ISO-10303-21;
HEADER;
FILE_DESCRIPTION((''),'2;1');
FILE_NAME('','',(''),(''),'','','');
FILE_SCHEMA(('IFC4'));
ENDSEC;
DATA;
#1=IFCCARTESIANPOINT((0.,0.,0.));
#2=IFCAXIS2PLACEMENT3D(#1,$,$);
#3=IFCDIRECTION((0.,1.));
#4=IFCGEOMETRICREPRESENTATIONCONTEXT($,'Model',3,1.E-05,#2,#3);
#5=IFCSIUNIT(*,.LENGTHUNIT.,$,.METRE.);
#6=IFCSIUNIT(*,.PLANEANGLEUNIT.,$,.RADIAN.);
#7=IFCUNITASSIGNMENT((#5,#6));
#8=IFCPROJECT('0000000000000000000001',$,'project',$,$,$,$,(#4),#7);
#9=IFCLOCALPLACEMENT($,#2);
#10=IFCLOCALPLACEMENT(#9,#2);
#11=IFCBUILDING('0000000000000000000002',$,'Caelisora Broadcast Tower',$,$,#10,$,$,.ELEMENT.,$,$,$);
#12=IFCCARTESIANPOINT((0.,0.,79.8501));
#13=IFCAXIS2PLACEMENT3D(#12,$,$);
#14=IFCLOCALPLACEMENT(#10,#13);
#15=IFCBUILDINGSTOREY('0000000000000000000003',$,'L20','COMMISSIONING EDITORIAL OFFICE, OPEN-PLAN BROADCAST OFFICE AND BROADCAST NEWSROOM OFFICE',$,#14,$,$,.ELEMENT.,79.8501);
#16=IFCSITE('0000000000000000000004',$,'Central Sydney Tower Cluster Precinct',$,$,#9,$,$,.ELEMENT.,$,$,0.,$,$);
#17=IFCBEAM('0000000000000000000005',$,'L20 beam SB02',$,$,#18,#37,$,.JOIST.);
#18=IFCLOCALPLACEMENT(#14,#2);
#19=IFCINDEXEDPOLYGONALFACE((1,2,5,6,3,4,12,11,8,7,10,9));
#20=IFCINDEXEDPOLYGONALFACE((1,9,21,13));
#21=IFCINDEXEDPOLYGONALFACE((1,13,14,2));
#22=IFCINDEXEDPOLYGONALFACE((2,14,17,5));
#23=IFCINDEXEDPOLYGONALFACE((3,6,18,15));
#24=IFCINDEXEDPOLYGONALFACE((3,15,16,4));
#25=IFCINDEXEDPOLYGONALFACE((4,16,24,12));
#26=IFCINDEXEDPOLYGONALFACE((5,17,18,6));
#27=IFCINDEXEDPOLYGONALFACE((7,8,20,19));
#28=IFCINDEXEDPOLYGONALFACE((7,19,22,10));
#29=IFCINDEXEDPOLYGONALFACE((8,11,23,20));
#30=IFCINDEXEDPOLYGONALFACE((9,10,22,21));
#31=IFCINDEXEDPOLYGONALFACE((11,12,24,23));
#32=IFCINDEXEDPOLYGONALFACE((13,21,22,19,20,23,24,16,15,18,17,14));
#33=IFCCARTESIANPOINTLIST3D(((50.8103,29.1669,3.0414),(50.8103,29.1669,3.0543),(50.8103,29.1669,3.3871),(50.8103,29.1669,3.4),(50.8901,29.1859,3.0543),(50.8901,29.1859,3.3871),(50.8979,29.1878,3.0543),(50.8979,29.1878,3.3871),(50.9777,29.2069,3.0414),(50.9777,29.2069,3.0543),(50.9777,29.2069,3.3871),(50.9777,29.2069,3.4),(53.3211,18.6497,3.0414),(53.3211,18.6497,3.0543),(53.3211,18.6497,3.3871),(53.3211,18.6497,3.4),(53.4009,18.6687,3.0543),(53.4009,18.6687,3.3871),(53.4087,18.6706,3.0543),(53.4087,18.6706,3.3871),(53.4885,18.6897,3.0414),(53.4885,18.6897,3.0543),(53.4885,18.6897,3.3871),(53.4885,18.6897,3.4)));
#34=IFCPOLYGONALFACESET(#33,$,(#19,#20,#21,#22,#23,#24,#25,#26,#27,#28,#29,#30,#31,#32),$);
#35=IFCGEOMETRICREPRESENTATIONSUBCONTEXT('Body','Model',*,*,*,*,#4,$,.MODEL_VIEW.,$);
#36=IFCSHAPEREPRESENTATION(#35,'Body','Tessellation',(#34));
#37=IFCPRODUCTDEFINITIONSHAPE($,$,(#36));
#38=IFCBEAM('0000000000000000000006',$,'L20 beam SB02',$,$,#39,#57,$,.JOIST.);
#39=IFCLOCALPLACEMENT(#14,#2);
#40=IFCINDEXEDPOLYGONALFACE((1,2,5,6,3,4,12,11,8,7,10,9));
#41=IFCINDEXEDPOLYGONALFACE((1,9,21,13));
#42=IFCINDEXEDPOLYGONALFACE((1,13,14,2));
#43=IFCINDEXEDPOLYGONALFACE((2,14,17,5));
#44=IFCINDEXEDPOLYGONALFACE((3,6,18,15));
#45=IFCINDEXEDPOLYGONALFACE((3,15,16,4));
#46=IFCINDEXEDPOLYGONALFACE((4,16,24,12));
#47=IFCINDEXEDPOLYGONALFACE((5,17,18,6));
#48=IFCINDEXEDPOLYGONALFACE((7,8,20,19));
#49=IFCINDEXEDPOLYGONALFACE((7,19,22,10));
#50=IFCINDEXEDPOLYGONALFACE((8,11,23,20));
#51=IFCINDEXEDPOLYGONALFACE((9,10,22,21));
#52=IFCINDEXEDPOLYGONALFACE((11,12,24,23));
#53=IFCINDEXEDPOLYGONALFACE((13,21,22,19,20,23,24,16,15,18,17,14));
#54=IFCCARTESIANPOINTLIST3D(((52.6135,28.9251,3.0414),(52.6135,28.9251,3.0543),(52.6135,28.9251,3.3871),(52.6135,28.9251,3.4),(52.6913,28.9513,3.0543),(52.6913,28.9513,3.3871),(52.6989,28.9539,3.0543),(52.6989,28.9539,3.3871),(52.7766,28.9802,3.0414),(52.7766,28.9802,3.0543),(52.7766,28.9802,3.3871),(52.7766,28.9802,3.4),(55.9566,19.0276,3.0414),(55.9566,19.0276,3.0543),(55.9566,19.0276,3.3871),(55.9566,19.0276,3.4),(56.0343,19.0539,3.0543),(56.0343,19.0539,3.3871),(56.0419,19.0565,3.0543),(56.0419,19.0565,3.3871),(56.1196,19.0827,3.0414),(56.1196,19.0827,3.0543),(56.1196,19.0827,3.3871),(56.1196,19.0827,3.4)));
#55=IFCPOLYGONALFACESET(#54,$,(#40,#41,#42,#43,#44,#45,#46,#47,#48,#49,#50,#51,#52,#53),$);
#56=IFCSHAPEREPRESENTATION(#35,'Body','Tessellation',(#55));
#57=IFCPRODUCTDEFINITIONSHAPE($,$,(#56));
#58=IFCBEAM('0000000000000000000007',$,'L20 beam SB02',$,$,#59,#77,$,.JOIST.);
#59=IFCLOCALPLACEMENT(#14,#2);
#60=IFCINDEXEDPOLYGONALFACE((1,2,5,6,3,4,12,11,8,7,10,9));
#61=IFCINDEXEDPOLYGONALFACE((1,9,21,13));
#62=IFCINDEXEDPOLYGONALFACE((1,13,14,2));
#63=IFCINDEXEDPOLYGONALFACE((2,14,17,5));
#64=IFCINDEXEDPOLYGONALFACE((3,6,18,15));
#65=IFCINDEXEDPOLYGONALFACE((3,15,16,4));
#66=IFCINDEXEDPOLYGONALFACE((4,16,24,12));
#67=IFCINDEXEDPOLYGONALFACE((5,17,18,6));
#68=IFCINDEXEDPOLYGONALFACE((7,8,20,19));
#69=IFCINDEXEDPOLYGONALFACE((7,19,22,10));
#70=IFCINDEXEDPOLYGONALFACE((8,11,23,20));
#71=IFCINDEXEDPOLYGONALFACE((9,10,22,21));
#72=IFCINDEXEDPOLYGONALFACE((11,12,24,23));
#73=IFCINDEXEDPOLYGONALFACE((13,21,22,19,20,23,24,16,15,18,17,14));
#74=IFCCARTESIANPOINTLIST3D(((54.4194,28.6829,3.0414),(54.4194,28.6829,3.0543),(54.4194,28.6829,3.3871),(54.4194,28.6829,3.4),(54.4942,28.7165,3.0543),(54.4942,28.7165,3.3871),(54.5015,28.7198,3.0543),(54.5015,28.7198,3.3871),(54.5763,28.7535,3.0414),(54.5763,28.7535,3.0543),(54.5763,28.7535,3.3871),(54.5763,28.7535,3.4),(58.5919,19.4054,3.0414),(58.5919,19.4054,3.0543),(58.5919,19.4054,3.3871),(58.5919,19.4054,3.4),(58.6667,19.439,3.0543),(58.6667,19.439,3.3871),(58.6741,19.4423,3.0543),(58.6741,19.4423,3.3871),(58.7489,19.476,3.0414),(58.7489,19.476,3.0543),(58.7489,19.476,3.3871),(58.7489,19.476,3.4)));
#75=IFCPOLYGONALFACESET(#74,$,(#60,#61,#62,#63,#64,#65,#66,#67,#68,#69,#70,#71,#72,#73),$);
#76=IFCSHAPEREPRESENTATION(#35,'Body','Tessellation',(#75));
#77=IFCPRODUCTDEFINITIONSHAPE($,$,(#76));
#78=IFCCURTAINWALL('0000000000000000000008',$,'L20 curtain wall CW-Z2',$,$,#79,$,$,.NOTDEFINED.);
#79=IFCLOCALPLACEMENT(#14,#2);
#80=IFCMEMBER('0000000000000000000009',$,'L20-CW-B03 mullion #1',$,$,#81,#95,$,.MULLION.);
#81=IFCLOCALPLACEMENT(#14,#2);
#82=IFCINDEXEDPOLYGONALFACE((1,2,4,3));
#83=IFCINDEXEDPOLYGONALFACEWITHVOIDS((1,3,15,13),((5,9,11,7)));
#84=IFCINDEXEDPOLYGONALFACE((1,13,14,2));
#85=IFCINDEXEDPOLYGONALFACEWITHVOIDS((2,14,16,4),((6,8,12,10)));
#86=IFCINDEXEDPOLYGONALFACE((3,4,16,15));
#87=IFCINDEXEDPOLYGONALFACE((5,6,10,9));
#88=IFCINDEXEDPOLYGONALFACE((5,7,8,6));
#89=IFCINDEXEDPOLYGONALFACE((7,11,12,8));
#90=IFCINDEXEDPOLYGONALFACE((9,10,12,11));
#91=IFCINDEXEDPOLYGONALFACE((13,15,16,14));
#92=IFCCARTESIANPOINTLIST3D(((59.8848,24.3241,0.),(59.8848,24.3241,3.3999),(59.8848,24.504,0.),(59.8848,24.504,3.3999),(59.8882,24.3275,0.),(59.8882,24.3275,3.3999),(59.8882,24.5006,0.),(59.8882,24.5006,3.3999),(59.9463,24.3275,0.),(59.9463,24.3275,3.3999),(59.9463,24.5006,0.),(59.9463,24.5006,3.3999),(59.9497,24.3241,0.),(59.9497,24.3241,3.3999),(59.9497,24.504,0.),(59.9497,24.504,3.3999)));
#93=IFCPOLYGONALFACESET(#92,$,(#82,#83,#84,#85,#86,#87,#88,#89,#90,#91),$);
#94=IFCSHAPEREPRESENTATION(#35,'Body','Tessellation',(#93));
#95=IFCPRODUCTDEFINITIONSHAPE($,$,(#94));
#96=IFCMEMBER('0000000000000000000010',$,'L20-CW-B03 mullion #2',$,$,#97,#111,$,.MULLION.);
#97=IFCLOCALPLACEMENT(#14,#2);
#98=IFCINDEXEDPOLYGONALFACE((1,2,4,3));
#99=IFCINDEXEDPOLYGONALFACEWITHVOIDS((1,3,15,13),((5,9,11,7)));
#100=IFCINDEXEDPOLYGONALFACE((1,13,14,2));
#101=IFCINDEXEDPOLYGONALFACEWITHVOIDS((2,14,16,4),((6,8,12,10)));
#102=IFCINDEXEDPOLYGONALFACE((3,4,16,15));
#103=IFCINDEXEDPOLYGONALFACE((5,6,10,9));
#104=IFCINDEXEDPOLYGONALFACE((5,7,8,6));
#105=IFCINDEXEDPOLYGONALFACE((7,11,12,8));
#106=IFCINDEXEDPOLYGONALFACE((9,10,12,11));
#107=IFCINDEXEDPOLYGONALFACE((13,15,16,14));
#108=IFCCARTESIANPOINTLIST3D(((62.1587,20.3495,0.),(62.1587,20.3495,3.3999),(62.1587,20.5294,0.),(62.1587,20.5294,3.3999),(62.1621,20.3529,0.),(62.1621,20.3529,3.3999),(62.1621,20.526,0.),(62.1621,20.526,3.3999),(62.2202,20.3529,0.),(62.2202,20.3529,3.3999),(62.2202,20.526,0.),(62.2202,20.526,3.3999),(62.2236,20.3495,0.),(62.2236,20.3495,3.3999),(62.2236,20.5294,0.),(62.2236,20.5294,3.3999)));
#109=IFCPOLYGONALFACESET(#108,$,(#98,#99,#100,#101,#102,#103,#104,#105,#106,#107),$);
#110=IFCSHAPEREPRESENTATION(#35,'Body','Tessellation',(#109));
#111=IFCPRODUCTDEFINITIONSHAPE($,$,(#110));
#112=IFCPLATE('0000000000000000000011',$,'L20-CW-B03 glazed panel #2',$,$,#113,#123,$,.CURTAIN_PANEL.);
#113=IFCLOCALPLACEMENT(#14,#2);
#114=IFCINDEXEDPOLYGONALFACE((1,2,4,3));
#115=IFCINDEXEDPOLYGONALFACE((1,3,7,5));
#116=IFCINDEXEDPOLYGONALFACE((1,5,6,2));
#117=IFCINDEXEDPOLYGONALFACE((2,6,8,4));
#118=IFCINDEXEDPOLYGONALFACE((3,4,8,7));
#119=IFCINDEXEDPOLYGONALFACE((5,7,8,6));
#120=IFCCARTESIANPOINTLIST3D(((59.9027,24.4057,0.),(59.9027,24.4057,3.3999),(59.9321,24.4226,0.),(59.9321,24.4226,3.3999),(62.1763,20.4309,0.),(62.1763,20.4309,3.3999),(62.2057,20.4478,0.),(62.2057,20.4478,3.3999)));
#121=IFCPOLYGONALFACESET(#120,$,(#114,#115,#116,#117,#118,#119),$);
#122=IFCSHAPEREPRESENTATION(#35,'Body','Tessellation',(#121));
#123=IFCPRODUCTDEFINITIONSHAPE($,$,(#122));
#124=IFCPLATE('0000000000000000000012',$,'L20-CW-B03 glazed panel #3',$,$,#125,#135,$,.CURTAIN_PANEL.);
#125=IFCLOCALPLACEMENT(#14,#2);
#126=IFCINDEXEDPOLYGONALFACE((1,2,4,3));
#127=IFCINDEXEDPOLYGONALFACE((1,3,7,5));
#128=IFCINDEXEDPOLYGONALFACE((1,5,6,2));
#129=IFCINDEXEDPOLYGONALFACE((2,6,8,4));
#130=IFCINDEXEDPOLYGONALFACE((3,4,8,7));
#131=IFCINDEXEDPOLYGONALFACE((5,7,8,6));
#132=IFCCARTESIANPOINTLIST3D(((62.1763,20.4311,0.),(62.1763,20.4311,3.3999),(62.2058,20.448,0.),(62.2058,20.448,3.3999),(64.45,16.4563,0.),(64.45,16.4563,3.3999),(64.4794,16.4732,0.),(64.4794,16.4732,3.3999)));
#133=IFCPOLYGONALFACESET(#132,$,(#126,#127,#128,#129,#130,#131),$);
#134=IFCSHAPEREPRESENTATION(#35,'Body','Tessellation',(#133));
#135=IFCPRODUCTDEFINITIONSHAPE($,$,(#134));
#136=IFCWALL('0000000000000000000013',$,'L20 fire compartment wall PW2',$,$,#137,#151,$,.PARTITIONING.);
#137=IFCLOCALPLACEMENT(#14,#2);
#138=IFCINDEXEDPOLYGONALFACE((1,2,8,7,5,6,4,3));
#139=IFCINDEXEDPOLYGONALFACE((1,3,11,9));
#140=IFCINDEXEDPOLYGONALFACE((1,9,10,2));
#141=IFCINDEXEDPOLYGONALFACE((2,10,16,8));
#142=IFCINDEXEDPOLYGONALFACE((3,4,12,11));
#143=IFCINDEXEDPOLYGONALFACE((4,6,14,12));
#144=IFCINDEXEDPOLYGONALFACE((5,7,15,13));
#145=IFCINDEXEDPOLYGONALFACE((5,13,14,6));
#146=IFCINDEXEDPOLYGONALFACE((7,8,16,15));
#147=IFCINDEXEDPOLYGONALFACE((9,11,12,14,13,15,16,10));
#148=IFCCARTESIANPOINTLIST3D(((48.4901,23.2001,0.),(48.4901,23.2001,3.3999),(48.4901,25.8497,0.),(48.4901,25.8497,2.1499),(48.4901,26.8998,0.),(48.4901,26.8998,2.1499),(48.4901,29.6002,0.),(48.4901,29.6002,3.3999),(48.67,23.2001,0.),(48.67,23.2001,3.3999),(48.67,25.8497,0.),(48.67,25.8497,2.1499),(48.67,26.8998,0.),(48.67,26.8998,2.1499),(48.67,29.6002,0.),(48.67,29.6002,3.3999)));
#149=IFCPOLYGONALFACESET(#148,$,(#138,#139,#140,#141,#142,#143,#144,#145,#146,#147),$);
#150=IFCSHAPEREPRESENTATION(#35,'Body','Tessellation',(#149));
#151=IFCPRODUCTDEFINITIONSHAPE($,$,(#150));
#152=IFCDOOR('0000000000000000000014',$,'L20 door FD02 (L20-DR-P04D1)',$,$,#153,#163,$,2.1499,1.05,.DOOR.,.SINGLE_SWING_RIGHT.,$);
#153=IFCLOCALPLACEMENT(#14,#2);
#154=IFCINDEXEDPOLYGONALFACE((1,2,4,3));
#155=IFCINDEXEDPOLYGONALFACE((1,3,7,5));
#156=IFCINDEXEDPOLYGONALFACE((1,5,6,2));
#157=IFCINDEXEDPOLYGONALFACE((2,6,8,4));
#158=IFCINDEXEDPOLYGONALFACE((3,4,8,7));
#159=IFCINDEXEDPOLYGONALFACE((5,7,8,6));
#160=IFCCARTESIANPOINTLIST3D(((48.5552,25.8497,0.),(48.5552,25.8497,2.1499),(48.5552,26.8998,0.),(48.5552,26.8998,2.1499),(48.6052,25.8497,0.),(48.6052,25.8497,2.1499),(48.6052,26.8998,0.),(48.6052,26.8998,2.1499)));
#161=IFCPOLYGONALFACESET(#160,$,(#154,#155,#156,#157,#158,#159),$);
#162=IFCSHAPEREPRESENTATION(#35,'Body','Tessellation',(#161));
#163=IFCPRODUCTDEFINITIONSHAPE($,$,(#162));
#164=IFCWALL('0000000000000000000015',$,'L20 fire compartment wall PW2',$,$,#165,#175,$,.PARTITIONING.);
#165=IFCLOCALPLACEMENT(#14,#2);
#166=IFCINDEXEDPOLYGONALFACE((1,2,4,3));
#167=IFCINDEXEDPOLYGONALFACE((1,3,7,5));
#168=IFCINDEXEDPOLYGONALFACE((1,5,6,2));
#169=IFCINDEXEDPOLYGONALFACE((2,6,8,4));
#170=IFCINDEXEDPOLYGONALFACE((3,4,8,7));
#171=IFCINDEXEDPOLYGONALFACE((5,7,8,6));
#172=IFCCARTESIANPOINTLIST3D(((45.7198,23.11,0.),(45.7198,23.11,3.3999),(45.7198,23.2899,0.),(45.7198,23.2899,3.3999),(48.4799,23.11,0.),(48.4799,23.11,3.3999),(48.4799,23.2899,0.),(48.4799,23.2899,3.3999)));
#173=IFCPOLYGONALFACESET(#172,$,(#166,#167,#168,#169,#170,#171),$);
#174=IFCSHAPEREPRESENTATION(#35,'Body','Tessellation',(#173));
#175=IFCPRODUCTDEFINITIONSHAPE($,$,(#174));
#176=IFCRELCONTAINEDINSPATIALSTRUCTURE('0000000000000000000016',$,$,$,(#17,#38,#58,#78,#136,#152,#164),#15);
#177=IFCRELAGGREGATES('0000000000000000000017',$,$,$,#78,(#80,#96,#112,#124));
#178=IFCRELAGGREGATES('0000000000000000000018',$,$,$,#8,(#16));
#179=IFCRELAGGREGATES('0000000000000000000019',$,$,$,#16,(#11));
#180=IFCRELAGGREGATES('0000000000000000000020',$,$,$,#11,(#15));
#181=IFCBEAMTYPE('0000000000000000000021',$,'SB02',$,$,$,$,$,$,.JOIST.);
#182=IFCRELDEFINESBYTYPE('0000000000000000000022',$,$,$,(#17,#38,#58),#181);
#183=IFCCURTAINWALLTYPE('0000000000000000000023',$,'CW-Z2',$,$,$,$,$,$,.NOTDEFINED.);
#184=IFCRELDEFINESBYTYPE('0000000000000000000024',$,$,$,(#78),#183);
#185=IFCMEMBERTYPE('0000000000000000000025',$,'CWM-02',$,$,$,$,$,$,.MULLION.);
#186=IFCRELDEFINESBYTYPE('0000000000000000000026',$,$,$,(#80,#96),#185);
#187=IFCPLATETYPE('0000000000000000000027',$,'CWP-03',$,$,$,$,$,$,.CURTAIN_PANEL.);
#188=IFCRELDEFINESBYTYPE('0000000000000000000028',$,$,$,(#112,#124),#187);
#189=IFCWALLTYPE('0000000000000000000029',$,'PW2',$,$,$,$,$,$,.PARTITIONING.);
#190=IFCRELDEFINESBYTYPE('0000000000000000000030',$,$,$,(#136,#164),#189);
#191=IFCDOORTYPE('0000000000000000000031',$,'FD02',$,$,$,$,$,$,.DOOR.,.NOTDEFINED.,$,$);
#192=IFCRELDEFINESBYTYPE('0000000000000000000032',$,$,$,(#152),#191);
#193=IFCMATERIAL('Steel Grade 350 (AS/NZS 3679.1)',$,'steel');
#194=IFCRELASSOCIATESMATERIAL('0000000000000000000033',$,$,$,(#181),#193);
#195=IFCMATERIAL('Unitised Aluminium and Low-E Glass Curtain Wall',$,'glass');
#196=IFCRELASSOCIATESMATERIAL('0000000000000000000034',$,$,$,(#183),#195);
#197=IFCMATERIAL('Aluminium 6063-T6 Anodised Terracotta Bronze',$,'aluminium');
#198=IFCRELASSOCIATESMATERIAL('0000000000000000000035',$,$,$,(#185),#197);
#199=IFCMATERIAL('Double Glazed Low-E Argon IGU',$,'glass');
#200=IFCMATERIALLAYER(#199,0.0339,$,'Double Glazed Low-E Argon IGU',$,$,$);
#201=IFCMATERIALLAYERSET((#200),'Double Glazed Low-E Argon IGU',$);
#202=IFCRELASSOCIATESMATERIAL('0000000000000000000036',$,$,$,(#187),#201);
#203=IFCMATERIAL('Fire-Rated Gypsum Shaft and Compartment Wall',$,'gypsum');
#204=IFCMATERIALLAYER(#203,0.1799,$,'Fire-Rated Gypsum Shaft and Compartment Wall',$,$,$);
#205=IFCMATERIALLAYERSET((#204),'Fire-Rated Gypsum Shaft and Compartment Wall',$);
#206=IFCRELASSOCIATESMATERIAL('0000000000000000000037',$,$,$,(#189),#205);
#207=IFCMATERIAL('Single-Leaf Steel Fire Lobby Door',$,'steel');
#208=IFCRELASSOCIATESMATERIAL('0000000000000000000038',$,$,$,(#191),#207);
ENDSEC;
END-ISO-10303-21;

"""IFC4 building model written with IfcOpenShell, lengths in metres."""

from ifc_helpers import new_model, si_unit, direction, frame, frame_2d, origin, origin_2d, place, context, subcontext, project, spatial, rectangle, hollow_rectangle, i_section, extrude, source, transform, mapped, material, layer, layer_set, material_profile, profile_set, type_object, type_shapes, element, fill, aggregate, save


model = new_model("IFC4")

# Units and contexts
model_context = context("Model", 3, precision=1e-05, world=origin(), true_north=direction((0.0, 1.0)))
body_context = subcontext(model_context, "Body", "Model", "MODEL_VIEW")
ifc_project = project(units=[si_unit("LENGTHUNIT", "METRE"), si_unit("PLANEANGLEUNIT", "RADIAN")], contexts=[model_context])

# Site, building, storey
site_placement = place(None, origin())
site = spatial("IfcSite", under=ifc_project, at=site_placement, Name="Central Sydney Tower Cluster Precinct", CompositionType="ELEMENT", RefElevation=0.0)
building_placement = place(site_placement, origin())
building = spatial("IfcBuilding", under=site, at=building_placement, Name="Caelisora Broadcast Tower", CompositionType="ELEMENT")
storey_placement = place(building_placement, frame((0.0, 0.0, 79.8501)))
storey = spatial("IfcBuildingStorey", under=building, at=storey_placement, Name="L20", Description="COMMISSIONING EDITORIAL OFFICE, OPEN-PLAN BROADCAST OFFICE AND BROADCAST NEWSROOM OFFICE", CompositionType="ELEMENT", Elevation=79.8501)

# Beams
ifc_material_1 = material(Name="Steel Grade 350 (AS/NZS 3679.1)", Category="steel")
ifc_material_profile_1 = material_profile(ifc_material_1, i_section(OverallWidth=0.1721, OverallDepth=0.3586, WebThickness=0.0081, FlangeThickness=0.0129, at=origin_2d()), Name="Steel Grade 350 (AS/NZS 3679.1)")
ifc_profile_set_1 = profile_set([ifc_material_profile_1], Name="Steel Grade 350 (AS/NZS 3679.1)")
beam_type_1 = type_object("IfcBeamType", Name="SB02", PredefinedType="JOIST", material=ifc_profile_set_1)
shared_shape_1 = source(origin(), body_context, "Body", "SweptSolid", [
    extrude(i_section(OverallWidth=0.1721, OverallDepth=0.3586, WebThickness=0.0081, FlangeThickness=0.0129, at=origin_2d()), origin(), (0.0, 0.0, 1.0), 10.8127),
])
beam_1_placement = place(storey_placement, frame((53.4048, 18.6697, 3.2207), z_axis=(-0.232205, 0.972667, 0.0), x_axis=(-0.972667, -0.232205, 0.0)))
element("IfcBeam", 1, at=beam_1_placement, inside=storey, type_object=beam_type_1, Name="L20 beam SB02", PredefinedType="JOIST", context=body_context, shape_type="MappedRepresentation", body=[
    mapped(shared_shape_1, transform((0.0, 0.0, 0.0), scale=1.0)),
])
shared_shape_2 = source(origin(), body_context, "Body", "SweptSolid", [
    extrude(i_section(OverallWidth=0.1721, OverallDepth=0.3586, WebThickness=0.0081, FlangeThickness=0.0129, at=origin_2d()), origin(), (0.0, 0.0, 1.0), 10.4468),
])
beam_2_placement = place(storey_placement, frame((56.0381, 19.0552, 3.2207), z_axis=(-0.320004, 0.947416, 0.0), x_axis=(-0.947416, -0.320004, 0.0)))
element("IfcBeam", 2, at=beam_2_placement, inside=storey, type_object=beam_type_1, Name="L20 beam SB02", PredefinedType="JOIST", context=body_context, shape_type="MappedRepresentation", body=[
    mapped(shared_shape_2, transform((0.0, 0.0, 0.0), scale=1.0)),
])
shared_shape_3 = source(origin(), body_context, "Body", "SweptSolid", [
    extrude(i_section(OverallWidth=0.1721, OverallDepth=0.3586, WebThickness=0.0081, FlangeThickness=0.0129, at=origin_2d()), origin(), (0.0, 0.0, 1.0), 10.1726),
])
beam_3_placement = place(storey_placement, frame((58.6704, 19.4407, 3.2207), z_axis=(-0.410176, 0.912006, 0.0), x_axis=(-0.912006, -0.410176, 0.0)))
element("IfcBeam", 3, at=beam_3_placement, inside=storey, type_object=beam_type_1, Name="L20 beam SB02", PredefinedType="JOIST", context=body_context, shape_type="MappedRepresentation", body=[
    mapped(shared_shape_3, transform((0.0, 0.0, 0.0), scale=1.0)),
])

# Curtain wall, members, plates
ifc_material_2 = material(Name="Unitised Aluminium and Low-E Glass Curtain Wall", Category="glass")
curtain_wall_type = type_object("IfcCurtainWallType", Name="CW-Z2", PredefinedType="NOTDEFINED", material=ifc_material_2)
curtain_wall_placement = place(storey_placement, origin())
curtain_wall = element("IfcCurtainWall", 4, at=curtain_wall_placement, inside=storey, type_object=curtain_wall_type, Name="L20 curtain wall CW-Z2", PredefinedType="NOTDEFINED")
ifc_material_3 = material(Name="Aluminium 6063-T6 Anodised Terracotta Bronze", Category="aluminium")
ifc_material_profile_2 = material_profile(ifc_material_3, hollow_rectangle(XDim=0.0649, YDim=0.1799, WallThickness=0.0034, at=origin_2d()), Name="Aluminium 6063-T6 Anodised Terracotta Bronze")
ifc_profile_set_2 = profile_set([ifc_material_profile_2], Name="Aluminium 6063-T6 Anodised Terracotta Bronze")
member_type = type_object("IfcMemberType", Name="CWM-02", PredefinedType="MULLION", material=ifc_profile_set_2)
shared_shape_4 = source(origin(), body_context, "Body", "SweptSolid", [
    extrude(hollow_rectangle(XDim=0.0649, YDim=0.1799, WallThickness=0.0034, at=origin_2d()), origin(), (0.0, 0.0, 1.0), 3.3999),
])
type_shapes(member_type, [shared_shape_4])
member_1_placement = place(storey_placement, frame((59.9172, 24.4141, 0.0), z_axis=(0.0, 0.0, 1.0), x_axis=(1.0, 0.0, 0.0)))
member_1 = element("IfcMember", 5, at=member_1_placement, type_object=member_type, Name="L20-CW-B03 mullion #1", PredefinedType="MULLION", context=body_context, shape_type="MappedRepresentation", body=[
    mapped(shared_shape_4, transform((0.0, 0.0, 0.0), scale=1.0)),
])
member_2_placement = place(storey_placement, frame((62.1912, 20.4395, 0.0), z_axis=(0.0, 0.0, 1.0), x_axis=(1.0, 0.0, 0.0)))
member_2 = element("IfcMember", 6, at=member_2_placement, type_object=member_type, Name="L20-CW-B03 mullion #2", PredefinedType="MULLION", context=body_context, shape_type="MappedRepresentation", body=[
    mapped(shared_shape_4, transform((0.0, 0.0, 0.0), scale=1.0)),
])
ifc_material_4 = material(Name="Double Glazed Low-E Argon IGU", Category="glass")
ifc_layer_1 = layer(ifc_material_4, 0.0339, Name="Double Glazed Low-E Argon IGU")
ifc_layer_set_1 = layer_set([ifc_layer_1], Name="Double Glazed Low-E Argon IGU")
plate_type = type_object("IfcPlateType", Name="CWP-03", PredefinedType="CURTAIN_PANEL", material=ifc_layer_set_1)
shared_shape_5 = source(origin(), body_context, "Body", "SweptSolid", [
    extrude(rectangle(XDim=4.5791, YDim=0.0339, at=origin_2d()), origin(), (0.0, 0.0, 1.0), 3.3999),
])
type_shapes(plate_type, [shared_shape_5])
plate_1_placement = place(storey_placement, frame((61.0542, 22.4268, 0.0), z_axis=(0.0, 0.0, 1.0), x_axis=(0.49652, -0.868026, 0.0)))
plate_1 = element("IfcPlate", 7, at=plate_1_placement, type_object=plate_type, Name="L20-CW-B03 glazed panel #2", PredefinedType="CURTAIN_PANEL", context=body_context, shape_type="MappedRepresentation", body=[
    mapped(shared_shape_5, transform((0.0, 0.0, 0.0), scale=1.0)),
])
plate_2_placement = place(storey_placement, frame((63.3279, 18.4521, 0.0), z_axis=(0.0, 0.0, 1.0), x_axis=(0.49652, -0.868026, 0.0)))
plate_2 = element("IfcPlate", 8, at=plate_2_placement, type_object=plate_type, Name="L20-CW-B03 glazed panel #3", PredefinedType="CURTAIN_PANEL", context=body_context, shape_type="MappedRepresentation", body=[
    mapped(shared_shape_5, transform((0.0, 0.0, 0.0), scale=1.0)),
])
aggregate(curtain_wall, [member_1, member_2, plate_1, plate_2])

# Wall, opening, door
ifc_material_5 = material(Name="Fire-Rated Gypsum Shaft and Compartment Wall", Category="gypsum")
ifc_layer_2 = layer(ifc_material_5, 0.1799, Name="Fire-Rated Gypsum Shaft and Compartment Wall")
ifc_layer_set_2 = layer_set([ifc_layer_2], Name="Fire-Rated Gypsum Shaft and Compartment Wall")
wall_type_1 = type_object("IfcWallType", Name="PW2", PredefinedType="PARTITIONING", material=ifc_layer_set_2)
wall_1_placement = place(storey_placement, frame((48.5801, 23.2, 0.0), z_axis=(0.0, 0.0, 1.0), x_axis=(0.0, 1.0, 0.0)))
wall_1 = element("IfcWall", 9, at=wall_1_placement, inside=storey, type_object=wall_type_1, Name="L20 fire compartment wall PW2", PredefinedType="PARTITIONING", context=body_context, shape_type="SweptSolid", body=[
    extrude(rectangle(XDim=6.4001, YDim=0.1799, at=frame_2d((3.2002, 0.0))), origin(), (0.0, 0.0, 1.0), 3.3999),
])
opening_1_placement = place(wall_1_placement, frame((2.6499, 0.0, 0.0)))
opening_1 = element("IfcOpeningElement", 10, at=opening_1_placement, cuts=wall_1, PredefinedType="OPENING", context=body_context, shape_type="SweptSolid", body=[
    extrude(rectangle(XDim=1.05, YDim=2.1499, at=frame_2d((0.5249, 1.075))), frame((0.0, 0.1021, 0.0), z_axis=(0.0, -1.0, 0.0), x_axis=(1.0, 0.0, 0.0)), (0.0, 0.0, 1.0), 0.2039),
])
ifc_material_6 = material(Name="Single-Leaf Steel Fire Lobby Door", Category="steel")
door_type_1 = type_object("IfcDoorType", Name="FD02", OperationType="NOTDEFINED", PredefinedType="DOOR", material=ifc_material_6)
door_1_placement = place(opening_1_placement, origin())
door_1 = element("IfcDoor", 11, at=door_1_placement, inside=storey, type_object=door_type_1, Name="L20 door FD02 (L20-DR-P04D1)", OperationType="SINGLE_SWING_RIGHT", OverallHeight=2.1499, OverallWidth=1.05, PredefinedType="DOOR", context=body_context, shape_type="SweptSolid", body=[
    extrude(rectangle(XDim=1.05, YDim=2.1499, at=frame_2d((0.5249, 1.075))), frame((0.0, 0.0249, 0.0), z_axis=(0.0, -1.0, 0.0), x_axis=(1.0, 0.0, 0.0)), (0.0, 0.0, 1.0), 0.05),
])
fill(opening_1, door_1)

# Wall
wall_2_placement = place(storey_placement, frame((45.72, 23.2, 0.0), z_axis=(0.0, 0.0, 1.0), x_axis=(1.0, 0.0, 0.0)))
element("IfcWall", 12, at=wall_2_placement, inside=storey, type_object=wall_type_1, Name="L20 fire compartment wall PW2", PredefinedType="PARTITIONING", context=body_context, shape_type="SweptSolid", body=[
    extrude(rectangle(XDim=2.76, YDim=0.1799, at=frame_2d((1.3799, 0.0))), origin(), (0.0, 0.0, 1.0), 3.3999),
])

save(model, "model.ifc")
